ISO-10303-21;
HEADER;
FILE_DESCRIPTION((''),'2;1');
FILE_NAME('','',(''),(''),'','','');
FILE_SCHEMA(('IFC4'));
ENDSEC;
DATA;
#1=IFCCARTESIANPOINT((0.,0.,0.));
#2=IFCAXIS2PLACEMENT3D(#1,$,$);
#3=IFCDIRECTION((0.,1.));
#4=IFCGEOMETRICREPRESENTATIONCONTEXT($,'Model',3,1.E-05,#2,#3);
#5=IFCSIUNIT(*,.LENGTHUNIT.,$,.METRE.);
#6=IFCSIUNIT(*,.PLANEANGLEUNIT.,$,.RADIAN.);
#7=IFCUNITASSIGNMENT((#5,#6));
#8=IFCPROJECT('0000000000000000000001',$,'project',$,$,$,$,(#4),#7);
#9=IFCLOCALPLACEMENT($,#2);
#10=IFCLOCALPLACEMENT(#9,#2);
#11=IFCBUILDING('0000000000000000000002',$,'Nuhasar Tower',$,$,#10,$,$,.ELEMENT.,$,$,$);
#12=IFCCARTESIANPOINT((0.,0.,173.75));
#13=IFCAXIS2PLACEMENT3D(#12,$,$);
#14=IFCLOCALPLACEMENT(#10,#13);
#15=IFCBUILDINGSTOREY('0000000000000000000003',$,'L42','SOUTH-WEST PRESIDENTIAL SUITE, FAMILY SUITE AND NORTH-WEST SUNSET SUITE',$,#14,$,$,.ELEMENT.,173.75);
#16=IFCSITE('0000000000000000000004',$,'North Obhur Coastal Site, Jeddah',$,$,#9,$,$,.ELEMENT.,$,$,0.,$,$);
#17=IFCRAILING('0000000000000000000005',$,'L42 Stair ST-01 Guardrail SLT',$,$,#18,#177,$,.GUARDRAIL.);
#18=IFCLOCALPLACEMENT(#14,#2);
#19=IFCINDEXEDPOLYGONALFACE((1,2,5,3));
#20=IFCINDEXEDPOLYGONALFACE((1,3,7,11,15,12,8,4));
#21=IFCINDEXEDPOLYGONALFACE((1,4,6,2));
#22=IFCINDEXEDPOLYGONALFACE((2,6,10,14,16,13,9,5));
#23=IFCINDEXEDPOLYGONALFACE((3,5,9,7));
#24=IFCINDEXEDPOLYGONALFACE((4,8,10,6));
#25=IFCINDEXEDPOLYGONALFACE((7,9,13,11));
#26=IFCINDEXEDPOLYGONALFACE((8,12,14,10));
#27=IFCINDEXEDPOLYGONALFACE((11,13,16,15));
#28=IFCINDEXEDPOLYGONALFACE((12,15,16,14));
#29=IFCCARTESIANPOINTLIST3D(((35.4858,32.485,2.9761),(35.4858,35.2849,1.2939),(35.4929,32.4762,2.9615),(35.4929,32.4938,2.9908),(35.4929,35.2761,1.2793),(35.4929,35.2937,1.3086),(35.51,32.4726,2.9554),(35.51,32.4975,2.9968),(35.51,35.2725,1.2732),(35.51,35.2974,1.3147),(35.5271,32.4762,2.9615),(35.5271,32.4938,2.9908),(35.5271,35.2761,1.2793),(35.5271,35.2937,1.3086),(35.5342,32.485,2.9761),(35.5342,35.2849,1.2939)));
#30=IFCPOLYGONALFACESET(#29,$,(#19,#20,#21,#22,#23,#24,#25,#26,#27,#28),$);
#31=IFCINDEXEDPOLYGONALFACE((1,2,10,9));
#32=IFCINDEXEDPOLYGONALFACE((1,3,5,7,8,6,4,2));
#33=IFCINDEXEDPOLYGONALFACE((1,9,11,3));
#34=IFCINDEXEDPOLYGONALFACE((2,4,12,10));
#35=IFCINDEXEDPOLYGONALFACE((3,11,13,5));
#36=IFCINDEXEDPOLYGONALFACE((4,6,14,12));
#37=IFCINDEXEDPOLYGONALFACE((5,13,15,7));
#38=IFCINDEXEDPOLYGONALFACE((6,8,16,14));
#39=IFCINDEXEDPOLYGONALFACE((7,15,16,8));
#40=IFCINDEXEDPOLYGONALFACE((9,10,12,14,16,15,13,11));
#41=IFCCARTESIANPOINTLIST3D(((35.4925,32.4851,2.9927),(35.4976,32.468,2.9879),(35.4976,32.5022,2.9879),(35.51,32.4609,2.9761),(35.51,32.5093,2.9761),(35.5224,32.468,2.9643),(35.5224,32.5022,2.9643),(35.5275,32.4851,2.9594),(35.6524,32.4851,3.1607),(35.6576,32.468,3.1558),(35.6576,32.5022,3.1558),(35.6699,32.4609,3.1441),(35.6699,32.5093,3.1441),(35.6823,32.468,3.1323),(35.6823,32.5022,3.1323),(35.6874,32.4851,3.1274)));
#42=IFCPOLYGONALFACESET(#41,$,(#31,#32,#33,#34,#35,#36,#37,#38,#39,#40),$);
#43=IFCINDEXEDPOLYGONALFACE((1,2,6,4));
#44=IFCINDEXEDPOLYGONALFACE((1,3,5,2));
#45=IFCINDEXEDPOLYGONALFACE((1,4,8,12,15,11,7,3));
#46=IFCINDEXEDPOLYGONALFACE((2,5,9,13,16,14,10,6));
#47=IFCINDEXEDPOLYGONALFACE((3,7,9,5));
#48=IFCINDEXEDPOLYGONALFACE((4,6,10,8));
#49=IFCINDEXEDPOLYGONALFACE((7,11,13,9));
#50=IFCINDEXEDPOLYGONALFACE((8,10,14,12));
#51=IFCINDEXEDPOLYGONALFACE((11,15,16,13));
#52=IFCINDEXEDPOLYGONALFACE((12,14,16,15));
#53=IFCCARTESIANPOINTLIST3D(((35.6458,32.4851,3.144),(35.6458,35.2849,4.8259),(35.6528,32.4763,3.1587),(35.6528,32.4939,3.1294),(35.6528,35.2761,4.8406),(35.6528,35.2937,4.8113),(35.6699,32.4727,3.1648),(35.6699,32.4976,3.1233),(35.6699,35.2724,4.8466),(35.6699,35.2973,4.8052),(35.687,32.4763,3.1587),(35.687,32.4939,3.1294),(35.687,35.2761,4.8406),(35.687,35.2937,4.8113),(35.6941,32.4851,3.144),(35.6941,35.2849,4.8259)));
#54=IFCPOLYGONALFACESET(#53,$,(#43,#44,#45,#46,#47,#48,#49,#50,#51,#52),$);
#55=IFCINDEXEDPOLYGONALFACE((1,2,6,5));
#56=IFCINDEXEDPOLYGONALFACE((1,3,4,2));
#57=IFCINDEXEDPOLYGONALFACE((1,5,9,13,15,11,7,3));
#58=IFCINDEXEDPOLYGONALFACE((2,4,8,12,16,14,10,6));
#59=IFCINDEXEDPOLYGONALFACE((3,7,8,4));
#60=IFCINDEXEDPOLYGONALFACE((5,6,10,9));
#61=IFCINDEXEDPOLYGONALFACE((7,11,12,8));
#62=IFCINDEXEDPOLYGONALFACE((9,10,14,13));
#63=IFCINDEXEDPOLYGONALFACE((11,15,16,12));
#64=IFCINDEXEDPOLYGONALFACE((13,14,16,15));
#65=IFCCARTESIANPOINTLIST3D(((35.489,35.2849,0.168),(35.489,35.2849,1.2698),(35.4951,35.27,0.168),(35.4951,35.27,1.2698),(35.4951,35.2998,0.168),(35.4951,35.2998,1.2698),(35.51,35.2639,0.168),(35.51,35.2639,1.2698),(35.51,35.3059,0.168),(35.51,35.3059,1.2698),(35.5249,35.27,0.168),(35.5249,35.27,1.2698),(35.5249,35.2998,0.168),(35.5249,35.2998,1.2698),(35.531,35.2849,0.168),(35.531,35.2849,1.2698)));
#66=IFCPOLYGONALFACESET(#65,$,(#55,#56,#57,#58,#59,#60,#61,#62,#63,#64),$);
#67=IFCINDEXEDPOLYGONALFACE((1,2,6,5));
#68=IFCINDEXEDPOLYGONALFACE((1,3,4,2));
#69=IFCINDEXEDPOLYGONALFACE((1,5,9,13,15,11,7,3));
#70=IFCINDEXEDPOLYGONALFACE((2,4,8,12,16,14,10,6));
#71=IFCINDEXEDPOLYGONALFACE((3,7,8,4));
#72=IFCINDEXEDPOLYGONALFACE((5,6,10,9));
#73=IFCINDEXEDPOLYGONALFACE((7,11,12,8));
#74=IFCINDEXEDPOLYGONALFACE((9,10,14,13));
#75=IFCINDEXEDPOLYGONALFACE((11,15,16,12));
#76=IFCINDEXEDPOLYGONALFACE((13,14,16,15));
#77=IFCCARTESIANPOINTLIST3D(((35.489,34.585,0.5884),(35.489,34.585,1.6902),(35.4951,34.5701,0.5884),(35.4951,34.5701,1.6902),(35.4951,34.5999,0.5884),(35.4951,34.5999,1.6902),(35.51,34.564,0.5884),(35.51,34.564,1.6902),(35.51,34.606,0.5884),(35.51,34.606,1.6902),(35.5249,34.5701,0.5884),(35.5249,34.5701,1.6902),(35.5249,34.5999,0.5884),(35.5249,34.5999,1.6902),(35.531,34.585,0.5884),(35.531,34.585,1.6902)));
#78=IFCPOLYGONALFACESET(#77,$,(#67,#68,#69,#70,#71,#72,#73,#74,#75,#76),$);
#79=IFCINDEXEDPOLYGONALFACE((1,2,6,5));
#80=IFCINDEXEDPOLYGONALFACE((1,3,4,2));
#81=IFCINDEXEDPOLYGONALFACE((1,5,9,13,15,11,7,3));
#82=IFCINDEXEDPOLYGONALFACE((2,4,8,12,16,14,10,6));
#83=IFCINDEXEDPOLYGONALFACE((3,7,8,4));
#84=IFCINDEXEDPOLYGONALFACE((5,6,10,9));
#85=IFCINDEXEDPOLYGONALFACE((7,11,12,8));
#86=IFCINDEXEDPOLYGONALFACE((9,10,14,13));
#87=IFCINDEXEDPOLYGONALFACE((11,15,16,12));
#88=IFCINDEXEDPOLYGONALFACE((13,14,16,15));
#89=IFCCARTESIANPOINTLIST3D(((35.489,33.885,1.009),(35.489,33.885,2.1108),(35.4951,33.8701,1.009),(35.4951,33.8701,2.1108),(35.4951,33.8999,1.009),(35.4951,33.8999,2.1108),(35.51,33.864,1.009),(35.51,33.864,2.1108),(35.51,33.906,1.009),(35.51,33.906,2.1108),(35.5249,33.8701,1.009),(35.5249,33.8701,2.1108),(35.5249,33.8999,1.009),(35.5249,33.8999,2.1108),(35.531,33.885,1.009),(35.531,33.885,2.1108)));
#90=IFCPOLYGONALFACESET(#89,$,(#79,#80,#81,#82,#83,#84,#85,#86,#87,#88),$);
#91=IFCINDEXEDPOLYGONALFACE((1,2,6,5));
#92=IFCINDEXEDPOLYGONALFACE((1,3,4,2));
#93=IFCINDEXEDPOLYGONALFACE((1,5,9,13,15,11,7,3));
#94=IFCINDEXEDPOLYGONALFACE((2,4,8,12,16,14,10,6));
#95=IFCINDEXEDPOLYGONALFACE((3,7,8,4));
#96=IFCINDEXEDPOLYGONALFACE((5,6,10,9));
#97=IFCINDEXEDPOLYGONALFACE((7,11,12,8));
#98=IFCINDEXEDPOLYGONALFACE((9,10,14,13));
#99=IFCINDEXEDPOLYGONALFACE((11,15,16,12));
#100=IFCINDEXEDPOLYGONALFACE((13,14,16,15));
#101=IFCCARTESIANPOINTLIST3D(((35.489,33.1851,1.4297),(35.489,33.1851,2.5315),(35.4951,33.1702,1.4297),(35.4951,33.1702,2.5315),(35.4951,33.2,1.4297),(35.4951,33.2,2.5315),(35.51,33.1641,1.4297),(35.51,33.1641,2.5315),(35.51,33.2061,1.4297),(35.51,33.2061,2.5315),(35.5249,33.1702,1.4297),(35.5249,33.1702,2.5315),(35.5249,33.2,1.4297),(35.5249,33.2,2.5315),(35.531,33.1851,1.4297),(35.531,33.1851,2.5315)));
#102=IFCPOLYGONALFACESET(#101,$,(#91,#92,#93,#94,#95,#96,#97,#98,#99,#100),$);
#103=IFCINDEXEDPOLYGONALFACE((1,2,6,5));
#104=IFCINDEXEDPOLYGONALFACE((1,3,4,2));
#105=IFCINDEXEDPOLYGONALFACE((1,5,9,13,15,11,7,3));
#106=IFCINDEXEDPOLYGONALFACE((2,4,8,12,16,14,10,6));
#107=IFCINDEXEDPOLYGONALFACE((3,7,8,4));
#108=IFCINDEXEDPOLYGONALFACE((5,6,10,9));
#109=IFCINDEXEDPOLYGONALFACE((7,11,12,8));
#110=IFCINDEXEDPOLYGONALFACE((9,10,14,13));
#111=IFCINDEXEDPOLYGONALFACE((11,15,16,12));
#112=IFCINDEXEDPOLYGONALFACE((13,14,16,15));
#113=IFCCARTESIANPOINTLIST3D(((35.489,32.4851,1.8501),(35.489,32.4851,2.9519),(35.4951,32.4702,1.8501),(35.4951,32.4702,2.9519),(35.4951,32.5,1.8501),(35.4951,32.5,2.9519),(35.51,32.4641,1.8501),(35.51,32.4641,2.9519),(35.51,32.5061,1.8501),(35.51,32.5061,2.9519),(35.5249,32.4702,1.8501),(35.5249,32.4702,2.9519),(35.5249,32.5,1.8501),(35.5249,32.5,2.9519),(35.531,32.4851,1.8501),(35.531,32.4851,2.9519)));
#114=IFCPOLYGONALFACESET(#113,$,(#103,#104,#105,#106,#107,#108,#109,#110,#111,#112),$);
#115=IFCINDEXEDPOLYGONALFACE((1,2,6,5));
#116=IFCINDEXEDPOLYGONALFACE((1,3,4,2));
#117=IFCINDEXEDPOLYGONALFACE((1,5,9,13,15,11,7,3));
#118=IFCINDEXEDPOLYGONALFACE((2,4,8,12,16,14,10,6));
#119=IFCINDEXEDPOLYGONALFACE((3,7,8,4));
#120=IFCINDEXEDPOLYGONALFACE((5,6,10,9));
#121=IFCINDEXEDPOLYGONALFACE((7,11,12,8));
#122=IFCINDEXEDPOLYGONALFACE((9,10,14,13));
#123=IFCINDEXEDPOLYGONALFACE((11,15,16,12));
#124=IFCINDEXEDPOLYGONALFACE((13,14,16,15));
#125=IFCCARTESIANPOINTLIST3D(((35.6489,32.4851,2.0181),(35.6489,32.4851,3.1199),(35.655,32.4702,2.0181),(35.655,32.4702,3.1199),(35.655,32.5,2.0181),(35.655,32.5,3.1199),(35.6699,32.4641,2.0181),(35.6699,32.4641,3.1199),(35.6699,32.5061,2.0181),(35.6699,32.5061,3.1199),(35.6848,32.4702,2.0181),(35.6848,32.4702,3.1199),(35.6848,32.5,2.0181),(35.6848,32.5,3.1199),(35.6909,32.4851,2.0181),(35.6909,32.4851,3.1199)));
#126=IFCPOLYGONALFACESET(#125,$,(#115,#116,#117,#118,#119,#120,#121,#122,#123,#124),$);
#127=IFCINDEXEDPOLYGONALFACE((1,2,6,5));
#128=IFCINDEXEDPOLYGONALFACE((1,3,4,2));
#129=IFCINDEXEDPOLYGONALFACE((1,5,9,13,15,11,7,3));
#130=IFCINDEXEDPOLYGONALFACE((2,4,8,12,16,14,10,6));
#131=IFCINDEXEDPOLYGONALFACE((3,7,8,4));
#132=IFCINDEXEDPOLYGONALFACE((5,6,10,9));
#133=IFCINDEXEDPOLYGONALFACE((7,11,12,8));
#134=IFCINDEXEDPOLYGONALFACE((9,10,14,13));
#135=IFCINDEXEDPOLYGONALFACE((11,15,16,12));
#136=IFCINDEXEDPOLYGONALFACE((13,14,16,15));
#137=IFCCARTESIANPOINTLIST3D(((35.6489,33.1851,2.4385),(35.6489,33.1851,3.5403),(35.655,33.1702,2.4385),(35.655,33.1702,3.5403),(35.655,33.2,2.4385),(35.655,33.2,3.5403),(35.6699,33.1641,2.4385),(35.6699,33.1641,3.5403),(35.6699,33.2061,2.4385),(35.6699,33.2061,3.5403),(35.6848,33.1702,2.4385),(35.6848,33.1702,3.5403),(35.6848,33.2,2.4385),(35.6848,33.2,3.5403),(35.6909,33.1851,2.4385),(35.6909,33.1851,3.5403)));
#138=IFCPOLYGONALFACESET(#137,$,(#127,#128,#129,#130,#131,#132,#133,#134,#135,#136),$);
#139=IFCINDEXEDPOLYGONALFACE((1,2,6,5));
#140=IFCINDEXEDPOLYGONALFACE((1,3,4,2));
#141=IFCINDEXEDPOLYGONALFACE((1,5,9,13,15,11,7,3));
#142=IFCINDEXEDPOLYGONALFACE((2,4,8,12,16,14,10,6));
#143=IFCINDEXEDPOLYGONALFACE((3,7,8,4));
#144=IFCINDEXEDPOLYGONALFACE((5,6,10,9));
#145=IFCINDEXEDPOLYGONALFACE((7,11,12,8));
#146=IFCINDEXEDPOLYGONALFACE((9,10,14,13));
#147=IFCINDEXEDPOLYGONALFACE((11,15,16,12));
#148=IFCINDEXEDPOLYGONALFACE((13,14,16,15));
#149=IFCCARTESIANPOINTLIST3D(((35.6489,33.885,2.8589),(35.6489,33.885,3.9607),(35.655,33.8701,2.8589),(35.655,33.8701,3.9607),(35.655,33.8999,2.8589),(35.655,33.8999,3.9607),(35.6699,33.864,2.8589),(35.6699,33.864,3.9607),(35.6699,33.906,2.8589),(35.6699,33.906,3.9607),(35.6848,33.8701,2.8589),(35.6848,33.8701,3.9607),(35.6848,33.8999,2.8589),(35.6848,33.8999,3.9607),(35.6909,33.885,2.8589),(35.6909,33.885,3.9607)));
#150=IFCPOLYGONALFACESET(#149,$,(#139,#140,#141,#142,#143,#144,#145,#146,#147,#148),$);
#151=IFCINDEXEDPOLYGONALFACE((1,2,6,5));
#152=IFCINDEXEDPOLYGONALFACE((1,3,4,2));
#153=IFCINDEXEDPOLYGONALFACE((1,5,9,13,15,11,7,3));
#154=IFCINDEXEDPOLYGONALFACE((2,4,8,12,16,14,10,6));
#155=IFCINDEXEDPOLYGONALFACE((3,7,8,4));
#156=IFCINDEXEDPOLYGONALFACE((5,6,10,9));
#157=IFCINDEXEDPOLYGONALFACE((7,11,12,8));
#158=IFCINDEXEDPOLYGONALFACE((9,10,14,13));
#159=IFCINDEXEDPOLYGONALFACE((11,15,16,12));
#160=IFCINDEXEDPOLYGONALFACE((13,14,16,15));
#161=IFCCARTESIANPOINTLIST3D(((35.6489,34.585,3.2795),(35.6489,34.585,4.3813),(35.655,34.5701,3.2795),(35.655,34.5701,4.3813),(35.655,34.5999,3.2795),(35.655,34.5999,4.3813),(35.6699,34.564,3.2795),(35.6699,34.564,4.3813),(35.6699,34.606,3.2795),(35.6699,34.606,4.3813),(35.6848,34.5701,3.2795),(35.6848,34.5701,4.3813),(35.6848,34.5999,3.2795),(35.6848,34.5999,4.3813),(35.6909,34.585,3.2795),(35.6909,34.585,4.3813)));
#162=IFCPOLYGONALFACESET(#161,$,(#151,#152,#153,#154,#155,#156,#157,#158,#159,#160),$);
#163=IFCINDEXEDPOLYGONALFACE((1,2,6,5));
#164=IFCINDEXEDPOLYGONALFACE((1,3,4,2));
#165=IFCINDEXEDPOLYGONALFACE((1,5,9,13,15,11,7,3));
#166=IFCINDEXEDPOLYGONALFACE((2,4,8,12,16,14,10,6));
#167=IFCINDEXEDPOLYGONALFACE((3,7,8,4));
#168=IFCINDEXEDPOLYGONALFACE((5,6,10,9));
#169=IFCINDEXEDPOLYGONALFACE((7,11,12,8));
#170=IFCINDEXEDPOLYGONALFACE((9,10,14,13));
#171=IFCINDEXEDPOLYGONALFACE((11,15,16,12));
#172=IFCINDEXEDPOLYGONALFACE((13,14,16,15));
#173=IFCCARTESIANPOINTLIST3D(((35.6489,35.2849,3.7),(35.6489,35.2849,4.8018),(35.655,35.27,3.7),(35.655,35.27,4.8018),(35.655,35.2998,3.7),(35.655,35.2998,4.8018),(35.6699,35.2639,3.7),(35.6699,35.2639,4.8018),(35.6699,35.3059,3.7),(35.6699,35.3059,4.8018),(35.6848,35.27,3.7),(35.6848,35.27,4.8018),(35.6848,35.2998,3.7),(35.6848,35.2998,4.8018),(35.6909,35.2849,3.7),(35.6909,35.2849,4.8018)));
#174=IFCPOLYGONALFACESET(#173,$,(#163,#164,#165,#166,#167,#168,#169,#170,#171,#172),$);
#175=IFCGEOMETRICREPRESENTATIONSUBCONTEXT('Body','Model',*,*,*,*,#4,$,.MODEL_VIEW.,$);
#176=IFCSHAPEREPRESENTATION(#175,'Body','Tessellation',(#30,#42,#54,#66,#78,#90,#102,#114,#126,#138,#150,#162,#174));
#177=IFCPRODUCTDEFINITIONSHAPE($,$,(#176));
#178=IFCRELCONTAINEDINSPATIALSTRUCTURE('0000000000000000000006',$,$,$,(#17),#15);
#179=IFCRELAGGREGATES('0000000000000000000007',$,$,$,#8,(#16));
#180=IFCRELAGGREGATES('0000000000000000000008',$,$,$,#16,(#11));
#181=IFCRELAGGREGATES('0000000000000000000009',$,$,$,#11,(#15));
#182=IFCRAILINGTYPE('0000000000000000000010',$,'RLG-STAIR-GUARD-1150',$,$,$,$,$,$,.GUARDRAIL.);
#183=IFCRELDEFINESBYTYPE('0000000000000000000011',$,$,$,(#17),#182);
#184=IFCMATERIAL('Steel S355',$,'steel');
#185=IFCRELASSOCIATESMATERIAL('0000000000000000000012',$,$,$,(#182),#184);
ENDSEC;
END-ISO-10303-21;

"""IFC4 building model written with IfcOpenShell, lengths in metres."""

from ifc_helpers import new_model, si_unit, direction, frame, origin, place, context, subcontext, project, spatial, polyline, outline, extrude, material, type_object, element, save


model = new_model("IFC4")

# Units and contexts
model_context = context("Model", 3, precision=1e-05, world=origin(), true_north=direction((0.0, 1.0)))
body_context = subcontext(model_context, "Body", "Model", "MODEL_VIEW")
ifc_project = project(units=[si_unit("LENGTHUNIT", "METRE"), si_unit("PLANEANGLEUNIT", "RADIAN")], contexts=[model_context])

# Site, building, storey
site_placement = place(None, origin())
site = spatial("IfcSite", under=ifc_project, at=site_placement, Name="North Obhur Coastal Site, Jeddah", CompositionType="ELEMENT", RefElevation=0.0)
building_placement = place(site_placement, origin())
building = spatial("IfcBuilding", under=site, at=building_placement, Name="Nuhasar Tower", CompositionType="ELEMENT")
storey_placement = place(building_placement, frame((0.0, 0.0, 173.75)))
storey = spatial("IfcBuildingStorey", under=building, at=storey_placement, Name="L42", Description="SOUTH-WEST PRESIDENTIAL SUITE, FAMILY SUITE AND NORTH-WEST SUNSET SUITE", CompositionType="ELEMENT", Elevation=173.75)

# Shared definitions
ifc_material_1 = material(Name="Steel S355", Category="steel")

# Railing
railing_type_1 = type_object("IfcRailingType", Name="RLG-STAIR-GUARD-1150", PredefinedType="GUARDRAIL", material=ifc_material_1)
railing_1_placement = place(storey_placement, frame((35.51, 35.2849, 0.168)))
element("IfcRailing", 1, at=railing_1_placement, inside=storey, type_object=railing_type_1, Name="L42 Stair ST-01 Guardrail SLT", PredefinedType="GUARDRAIL", context=body_context, shape_type="SweptSolid", body=[
    extrude(outline(polyline([(0.0242, 0.0), (0.0171, 0.0171), (0.0, 0.0242), (-0.0171, 0.0171), (-0.0242, 0.0), (-0.0171, -0.0171), (0.0, -0.0242), (0.0171, -0.0171), (0.0242, 0.0)])), frame((0.0, 0.0, 1.126), z_axis=(0.0, -0.857189, 0.515001), x_axis=(1.0, 0.0, 0.0)), (0.0, 0.0, 1.0), 3.2664),
    extrude(outline(polyline([(0.0242, 0.0), (0.0171, 0.0171), (0.0, 0.0242), (-0.0171, 0.0171), (-0.0242, 0.0), (-0.0171, -0.0171), (0.0, -0.0242), (0.0171, -0.0171), (0.0242, 0.0)])), frame((0.0, -2.7998, 2.8081), z_axis=(0.689524, 0.0, 0.724263), x_axis=(0.0, 1.0, 0.0)), (0.0, 0.0, 1.0), 0.2319),
    extrude(outline(polyline([(0.0242, 0.0), (0.0171, 0.0171), (0.0, 0.0242), (-0.0171, 0.0171), (-0.0242, 0.0), (-0.0171, -0.0171), (0.0, -0.0242), (0.0171, -0.0171), (0.0242, 0.0)])), frame((0.1599, -2.7998, 2.9761), z_axis=(0.0, 0.857222, 0.514946), x_axis=(-1.0, 0.0, 0.0)), (0.0, 0.0, 1.0), 3.2661),
    extrude(outline(polyline([(0.021, 0.0), (0.0149, 0.0149), (0.0, 0.021), (-0.0149, 0.0149), (-0.021, 0.0), (-0.0149, -0.0149), (0.0, -0.021), (0.0149, -0.0149), (0.021, 0.0)])), origin(), (0.0, 0.0, 1.0), 1.1018),
    extrude(outline(polyline([(0.021, 0.0), (0.0149, 0.0149), (0.0, 0.021), (-0.0149, 0.0149), (-0.021, 0.0), (-0.0149, -0.0149), (0.0, -0.021), (0.0149, -0.0149), (0.021, 0.0)])), frame((0.0, -0.7, 0.4204)), (0.0, 0.0, 1.0), 1.1018),
    extrude(outline(polyline([(0.021, 0.0), (0.0149, 0.0149), (0.0, 0.021), (-0.0149, 0.0149), (-0.021, 0.0), (-0.0149, -0.0149), (0.0, -0.021), (0.0149, -0.0149), (0.021, 0.0)])), frame((0.0, -1.3999, 0.8411)), (0.0, 0.0, 1.0), 1.1018),
    extrude(outline(polyline([(0.021, 0.0), (0.0149, 0.0149), (0.0, 0.021), (-0.0149, 0.0149), (-0.021, 0.0), (-0.0149, -0.0149), (0.0, -0.021), (0.0149, -0.0149), (0.021, 0.0)])), frame((0.0, -2.0999, 1.2617)), (0.0, 0.0, 1.0), 1.1018),
    extrude(outline(polyline([(0.021, 0.0), (0.0149, 0.0149), (0.0, 0.021), (-0.0149, 0.0149), (-0.021, 0.0), (-0.0149, -0.0149), (0.0, -0.021), (0.0149, -0.0149), (0.021, 0.0)])), frame((0.0, -2.7998, 1.6821)), (0.0, 0.0, 1.0), 1.1018),
    extrude(outline(polyline([(0.021, 0.0), (0.0149, 0.0149), (0.0, 0.021), (-0.0149, 0.0149), (-0.021, 0.0), (-0.0149, -0.0149), (0.0, -0.021), (0.0149, -0.0149), (0.021, 0.0)])), frame((0.1599, -2.7998, 1.8501)), (0.0, 0.0, 1.0), 1.1018),
    extrude(outline(polyline([(0.021, 0.0), (0.0149, 0.0149), (0.0, 0.021), (-0.0149, 0.0149), (-0.021, 0.0), (-0.0149, -0.0149), (0.0, -0.021), (0.0149, -0.0149), (0.021, 0.0)])), frame((0.1599, -2.0999, 2.2705)), (0.0, 0.0, 1.0), 1.1018),
    extrude(outline(polyline([(0.021, 0.0), (0.0149, 0.0149), (0.0, 0.021), (-0.0149, 0.0149), (-0.021, 0.0), (-0.0149, -0.0149), (0.0, -0.021), (0.0149, -0.0149), (0.021, 0.0)])), frame((0.1599, -1.3999, 2.6909)), (0.0, 0.0, 1.0), 1.1018),
    extrude(outline(polyline([(0.021, 0.0), (0.0149, 0.0149), (0.0, 0.021), (-0.0149, 0.0149), (-0.021, 0.0), (-0.0149, -0.0149), (0.0, -0.021), (0.0149, -0.0149), (0.021, 0.0)])), frame((0.1599, -0.7, 3.1116)), (0.0, 0.0, 1.0), 1.1018),
    extrude(outline(polyline([(0.021, 0.0), (0.0149, 0.0149), (0.0, 0.021), (-0.0149, 0.0149), (-0.021, 0.0), (-0.0149, -0.0149), (0.0, -0.021), (0.0149, -0.0149), (0.021, 0.0)])), frame((0.1599, 0.0, 3.532)), (0.0, 0.0, 1.0), 1.1018),
])

save(model, "model.ifc")
